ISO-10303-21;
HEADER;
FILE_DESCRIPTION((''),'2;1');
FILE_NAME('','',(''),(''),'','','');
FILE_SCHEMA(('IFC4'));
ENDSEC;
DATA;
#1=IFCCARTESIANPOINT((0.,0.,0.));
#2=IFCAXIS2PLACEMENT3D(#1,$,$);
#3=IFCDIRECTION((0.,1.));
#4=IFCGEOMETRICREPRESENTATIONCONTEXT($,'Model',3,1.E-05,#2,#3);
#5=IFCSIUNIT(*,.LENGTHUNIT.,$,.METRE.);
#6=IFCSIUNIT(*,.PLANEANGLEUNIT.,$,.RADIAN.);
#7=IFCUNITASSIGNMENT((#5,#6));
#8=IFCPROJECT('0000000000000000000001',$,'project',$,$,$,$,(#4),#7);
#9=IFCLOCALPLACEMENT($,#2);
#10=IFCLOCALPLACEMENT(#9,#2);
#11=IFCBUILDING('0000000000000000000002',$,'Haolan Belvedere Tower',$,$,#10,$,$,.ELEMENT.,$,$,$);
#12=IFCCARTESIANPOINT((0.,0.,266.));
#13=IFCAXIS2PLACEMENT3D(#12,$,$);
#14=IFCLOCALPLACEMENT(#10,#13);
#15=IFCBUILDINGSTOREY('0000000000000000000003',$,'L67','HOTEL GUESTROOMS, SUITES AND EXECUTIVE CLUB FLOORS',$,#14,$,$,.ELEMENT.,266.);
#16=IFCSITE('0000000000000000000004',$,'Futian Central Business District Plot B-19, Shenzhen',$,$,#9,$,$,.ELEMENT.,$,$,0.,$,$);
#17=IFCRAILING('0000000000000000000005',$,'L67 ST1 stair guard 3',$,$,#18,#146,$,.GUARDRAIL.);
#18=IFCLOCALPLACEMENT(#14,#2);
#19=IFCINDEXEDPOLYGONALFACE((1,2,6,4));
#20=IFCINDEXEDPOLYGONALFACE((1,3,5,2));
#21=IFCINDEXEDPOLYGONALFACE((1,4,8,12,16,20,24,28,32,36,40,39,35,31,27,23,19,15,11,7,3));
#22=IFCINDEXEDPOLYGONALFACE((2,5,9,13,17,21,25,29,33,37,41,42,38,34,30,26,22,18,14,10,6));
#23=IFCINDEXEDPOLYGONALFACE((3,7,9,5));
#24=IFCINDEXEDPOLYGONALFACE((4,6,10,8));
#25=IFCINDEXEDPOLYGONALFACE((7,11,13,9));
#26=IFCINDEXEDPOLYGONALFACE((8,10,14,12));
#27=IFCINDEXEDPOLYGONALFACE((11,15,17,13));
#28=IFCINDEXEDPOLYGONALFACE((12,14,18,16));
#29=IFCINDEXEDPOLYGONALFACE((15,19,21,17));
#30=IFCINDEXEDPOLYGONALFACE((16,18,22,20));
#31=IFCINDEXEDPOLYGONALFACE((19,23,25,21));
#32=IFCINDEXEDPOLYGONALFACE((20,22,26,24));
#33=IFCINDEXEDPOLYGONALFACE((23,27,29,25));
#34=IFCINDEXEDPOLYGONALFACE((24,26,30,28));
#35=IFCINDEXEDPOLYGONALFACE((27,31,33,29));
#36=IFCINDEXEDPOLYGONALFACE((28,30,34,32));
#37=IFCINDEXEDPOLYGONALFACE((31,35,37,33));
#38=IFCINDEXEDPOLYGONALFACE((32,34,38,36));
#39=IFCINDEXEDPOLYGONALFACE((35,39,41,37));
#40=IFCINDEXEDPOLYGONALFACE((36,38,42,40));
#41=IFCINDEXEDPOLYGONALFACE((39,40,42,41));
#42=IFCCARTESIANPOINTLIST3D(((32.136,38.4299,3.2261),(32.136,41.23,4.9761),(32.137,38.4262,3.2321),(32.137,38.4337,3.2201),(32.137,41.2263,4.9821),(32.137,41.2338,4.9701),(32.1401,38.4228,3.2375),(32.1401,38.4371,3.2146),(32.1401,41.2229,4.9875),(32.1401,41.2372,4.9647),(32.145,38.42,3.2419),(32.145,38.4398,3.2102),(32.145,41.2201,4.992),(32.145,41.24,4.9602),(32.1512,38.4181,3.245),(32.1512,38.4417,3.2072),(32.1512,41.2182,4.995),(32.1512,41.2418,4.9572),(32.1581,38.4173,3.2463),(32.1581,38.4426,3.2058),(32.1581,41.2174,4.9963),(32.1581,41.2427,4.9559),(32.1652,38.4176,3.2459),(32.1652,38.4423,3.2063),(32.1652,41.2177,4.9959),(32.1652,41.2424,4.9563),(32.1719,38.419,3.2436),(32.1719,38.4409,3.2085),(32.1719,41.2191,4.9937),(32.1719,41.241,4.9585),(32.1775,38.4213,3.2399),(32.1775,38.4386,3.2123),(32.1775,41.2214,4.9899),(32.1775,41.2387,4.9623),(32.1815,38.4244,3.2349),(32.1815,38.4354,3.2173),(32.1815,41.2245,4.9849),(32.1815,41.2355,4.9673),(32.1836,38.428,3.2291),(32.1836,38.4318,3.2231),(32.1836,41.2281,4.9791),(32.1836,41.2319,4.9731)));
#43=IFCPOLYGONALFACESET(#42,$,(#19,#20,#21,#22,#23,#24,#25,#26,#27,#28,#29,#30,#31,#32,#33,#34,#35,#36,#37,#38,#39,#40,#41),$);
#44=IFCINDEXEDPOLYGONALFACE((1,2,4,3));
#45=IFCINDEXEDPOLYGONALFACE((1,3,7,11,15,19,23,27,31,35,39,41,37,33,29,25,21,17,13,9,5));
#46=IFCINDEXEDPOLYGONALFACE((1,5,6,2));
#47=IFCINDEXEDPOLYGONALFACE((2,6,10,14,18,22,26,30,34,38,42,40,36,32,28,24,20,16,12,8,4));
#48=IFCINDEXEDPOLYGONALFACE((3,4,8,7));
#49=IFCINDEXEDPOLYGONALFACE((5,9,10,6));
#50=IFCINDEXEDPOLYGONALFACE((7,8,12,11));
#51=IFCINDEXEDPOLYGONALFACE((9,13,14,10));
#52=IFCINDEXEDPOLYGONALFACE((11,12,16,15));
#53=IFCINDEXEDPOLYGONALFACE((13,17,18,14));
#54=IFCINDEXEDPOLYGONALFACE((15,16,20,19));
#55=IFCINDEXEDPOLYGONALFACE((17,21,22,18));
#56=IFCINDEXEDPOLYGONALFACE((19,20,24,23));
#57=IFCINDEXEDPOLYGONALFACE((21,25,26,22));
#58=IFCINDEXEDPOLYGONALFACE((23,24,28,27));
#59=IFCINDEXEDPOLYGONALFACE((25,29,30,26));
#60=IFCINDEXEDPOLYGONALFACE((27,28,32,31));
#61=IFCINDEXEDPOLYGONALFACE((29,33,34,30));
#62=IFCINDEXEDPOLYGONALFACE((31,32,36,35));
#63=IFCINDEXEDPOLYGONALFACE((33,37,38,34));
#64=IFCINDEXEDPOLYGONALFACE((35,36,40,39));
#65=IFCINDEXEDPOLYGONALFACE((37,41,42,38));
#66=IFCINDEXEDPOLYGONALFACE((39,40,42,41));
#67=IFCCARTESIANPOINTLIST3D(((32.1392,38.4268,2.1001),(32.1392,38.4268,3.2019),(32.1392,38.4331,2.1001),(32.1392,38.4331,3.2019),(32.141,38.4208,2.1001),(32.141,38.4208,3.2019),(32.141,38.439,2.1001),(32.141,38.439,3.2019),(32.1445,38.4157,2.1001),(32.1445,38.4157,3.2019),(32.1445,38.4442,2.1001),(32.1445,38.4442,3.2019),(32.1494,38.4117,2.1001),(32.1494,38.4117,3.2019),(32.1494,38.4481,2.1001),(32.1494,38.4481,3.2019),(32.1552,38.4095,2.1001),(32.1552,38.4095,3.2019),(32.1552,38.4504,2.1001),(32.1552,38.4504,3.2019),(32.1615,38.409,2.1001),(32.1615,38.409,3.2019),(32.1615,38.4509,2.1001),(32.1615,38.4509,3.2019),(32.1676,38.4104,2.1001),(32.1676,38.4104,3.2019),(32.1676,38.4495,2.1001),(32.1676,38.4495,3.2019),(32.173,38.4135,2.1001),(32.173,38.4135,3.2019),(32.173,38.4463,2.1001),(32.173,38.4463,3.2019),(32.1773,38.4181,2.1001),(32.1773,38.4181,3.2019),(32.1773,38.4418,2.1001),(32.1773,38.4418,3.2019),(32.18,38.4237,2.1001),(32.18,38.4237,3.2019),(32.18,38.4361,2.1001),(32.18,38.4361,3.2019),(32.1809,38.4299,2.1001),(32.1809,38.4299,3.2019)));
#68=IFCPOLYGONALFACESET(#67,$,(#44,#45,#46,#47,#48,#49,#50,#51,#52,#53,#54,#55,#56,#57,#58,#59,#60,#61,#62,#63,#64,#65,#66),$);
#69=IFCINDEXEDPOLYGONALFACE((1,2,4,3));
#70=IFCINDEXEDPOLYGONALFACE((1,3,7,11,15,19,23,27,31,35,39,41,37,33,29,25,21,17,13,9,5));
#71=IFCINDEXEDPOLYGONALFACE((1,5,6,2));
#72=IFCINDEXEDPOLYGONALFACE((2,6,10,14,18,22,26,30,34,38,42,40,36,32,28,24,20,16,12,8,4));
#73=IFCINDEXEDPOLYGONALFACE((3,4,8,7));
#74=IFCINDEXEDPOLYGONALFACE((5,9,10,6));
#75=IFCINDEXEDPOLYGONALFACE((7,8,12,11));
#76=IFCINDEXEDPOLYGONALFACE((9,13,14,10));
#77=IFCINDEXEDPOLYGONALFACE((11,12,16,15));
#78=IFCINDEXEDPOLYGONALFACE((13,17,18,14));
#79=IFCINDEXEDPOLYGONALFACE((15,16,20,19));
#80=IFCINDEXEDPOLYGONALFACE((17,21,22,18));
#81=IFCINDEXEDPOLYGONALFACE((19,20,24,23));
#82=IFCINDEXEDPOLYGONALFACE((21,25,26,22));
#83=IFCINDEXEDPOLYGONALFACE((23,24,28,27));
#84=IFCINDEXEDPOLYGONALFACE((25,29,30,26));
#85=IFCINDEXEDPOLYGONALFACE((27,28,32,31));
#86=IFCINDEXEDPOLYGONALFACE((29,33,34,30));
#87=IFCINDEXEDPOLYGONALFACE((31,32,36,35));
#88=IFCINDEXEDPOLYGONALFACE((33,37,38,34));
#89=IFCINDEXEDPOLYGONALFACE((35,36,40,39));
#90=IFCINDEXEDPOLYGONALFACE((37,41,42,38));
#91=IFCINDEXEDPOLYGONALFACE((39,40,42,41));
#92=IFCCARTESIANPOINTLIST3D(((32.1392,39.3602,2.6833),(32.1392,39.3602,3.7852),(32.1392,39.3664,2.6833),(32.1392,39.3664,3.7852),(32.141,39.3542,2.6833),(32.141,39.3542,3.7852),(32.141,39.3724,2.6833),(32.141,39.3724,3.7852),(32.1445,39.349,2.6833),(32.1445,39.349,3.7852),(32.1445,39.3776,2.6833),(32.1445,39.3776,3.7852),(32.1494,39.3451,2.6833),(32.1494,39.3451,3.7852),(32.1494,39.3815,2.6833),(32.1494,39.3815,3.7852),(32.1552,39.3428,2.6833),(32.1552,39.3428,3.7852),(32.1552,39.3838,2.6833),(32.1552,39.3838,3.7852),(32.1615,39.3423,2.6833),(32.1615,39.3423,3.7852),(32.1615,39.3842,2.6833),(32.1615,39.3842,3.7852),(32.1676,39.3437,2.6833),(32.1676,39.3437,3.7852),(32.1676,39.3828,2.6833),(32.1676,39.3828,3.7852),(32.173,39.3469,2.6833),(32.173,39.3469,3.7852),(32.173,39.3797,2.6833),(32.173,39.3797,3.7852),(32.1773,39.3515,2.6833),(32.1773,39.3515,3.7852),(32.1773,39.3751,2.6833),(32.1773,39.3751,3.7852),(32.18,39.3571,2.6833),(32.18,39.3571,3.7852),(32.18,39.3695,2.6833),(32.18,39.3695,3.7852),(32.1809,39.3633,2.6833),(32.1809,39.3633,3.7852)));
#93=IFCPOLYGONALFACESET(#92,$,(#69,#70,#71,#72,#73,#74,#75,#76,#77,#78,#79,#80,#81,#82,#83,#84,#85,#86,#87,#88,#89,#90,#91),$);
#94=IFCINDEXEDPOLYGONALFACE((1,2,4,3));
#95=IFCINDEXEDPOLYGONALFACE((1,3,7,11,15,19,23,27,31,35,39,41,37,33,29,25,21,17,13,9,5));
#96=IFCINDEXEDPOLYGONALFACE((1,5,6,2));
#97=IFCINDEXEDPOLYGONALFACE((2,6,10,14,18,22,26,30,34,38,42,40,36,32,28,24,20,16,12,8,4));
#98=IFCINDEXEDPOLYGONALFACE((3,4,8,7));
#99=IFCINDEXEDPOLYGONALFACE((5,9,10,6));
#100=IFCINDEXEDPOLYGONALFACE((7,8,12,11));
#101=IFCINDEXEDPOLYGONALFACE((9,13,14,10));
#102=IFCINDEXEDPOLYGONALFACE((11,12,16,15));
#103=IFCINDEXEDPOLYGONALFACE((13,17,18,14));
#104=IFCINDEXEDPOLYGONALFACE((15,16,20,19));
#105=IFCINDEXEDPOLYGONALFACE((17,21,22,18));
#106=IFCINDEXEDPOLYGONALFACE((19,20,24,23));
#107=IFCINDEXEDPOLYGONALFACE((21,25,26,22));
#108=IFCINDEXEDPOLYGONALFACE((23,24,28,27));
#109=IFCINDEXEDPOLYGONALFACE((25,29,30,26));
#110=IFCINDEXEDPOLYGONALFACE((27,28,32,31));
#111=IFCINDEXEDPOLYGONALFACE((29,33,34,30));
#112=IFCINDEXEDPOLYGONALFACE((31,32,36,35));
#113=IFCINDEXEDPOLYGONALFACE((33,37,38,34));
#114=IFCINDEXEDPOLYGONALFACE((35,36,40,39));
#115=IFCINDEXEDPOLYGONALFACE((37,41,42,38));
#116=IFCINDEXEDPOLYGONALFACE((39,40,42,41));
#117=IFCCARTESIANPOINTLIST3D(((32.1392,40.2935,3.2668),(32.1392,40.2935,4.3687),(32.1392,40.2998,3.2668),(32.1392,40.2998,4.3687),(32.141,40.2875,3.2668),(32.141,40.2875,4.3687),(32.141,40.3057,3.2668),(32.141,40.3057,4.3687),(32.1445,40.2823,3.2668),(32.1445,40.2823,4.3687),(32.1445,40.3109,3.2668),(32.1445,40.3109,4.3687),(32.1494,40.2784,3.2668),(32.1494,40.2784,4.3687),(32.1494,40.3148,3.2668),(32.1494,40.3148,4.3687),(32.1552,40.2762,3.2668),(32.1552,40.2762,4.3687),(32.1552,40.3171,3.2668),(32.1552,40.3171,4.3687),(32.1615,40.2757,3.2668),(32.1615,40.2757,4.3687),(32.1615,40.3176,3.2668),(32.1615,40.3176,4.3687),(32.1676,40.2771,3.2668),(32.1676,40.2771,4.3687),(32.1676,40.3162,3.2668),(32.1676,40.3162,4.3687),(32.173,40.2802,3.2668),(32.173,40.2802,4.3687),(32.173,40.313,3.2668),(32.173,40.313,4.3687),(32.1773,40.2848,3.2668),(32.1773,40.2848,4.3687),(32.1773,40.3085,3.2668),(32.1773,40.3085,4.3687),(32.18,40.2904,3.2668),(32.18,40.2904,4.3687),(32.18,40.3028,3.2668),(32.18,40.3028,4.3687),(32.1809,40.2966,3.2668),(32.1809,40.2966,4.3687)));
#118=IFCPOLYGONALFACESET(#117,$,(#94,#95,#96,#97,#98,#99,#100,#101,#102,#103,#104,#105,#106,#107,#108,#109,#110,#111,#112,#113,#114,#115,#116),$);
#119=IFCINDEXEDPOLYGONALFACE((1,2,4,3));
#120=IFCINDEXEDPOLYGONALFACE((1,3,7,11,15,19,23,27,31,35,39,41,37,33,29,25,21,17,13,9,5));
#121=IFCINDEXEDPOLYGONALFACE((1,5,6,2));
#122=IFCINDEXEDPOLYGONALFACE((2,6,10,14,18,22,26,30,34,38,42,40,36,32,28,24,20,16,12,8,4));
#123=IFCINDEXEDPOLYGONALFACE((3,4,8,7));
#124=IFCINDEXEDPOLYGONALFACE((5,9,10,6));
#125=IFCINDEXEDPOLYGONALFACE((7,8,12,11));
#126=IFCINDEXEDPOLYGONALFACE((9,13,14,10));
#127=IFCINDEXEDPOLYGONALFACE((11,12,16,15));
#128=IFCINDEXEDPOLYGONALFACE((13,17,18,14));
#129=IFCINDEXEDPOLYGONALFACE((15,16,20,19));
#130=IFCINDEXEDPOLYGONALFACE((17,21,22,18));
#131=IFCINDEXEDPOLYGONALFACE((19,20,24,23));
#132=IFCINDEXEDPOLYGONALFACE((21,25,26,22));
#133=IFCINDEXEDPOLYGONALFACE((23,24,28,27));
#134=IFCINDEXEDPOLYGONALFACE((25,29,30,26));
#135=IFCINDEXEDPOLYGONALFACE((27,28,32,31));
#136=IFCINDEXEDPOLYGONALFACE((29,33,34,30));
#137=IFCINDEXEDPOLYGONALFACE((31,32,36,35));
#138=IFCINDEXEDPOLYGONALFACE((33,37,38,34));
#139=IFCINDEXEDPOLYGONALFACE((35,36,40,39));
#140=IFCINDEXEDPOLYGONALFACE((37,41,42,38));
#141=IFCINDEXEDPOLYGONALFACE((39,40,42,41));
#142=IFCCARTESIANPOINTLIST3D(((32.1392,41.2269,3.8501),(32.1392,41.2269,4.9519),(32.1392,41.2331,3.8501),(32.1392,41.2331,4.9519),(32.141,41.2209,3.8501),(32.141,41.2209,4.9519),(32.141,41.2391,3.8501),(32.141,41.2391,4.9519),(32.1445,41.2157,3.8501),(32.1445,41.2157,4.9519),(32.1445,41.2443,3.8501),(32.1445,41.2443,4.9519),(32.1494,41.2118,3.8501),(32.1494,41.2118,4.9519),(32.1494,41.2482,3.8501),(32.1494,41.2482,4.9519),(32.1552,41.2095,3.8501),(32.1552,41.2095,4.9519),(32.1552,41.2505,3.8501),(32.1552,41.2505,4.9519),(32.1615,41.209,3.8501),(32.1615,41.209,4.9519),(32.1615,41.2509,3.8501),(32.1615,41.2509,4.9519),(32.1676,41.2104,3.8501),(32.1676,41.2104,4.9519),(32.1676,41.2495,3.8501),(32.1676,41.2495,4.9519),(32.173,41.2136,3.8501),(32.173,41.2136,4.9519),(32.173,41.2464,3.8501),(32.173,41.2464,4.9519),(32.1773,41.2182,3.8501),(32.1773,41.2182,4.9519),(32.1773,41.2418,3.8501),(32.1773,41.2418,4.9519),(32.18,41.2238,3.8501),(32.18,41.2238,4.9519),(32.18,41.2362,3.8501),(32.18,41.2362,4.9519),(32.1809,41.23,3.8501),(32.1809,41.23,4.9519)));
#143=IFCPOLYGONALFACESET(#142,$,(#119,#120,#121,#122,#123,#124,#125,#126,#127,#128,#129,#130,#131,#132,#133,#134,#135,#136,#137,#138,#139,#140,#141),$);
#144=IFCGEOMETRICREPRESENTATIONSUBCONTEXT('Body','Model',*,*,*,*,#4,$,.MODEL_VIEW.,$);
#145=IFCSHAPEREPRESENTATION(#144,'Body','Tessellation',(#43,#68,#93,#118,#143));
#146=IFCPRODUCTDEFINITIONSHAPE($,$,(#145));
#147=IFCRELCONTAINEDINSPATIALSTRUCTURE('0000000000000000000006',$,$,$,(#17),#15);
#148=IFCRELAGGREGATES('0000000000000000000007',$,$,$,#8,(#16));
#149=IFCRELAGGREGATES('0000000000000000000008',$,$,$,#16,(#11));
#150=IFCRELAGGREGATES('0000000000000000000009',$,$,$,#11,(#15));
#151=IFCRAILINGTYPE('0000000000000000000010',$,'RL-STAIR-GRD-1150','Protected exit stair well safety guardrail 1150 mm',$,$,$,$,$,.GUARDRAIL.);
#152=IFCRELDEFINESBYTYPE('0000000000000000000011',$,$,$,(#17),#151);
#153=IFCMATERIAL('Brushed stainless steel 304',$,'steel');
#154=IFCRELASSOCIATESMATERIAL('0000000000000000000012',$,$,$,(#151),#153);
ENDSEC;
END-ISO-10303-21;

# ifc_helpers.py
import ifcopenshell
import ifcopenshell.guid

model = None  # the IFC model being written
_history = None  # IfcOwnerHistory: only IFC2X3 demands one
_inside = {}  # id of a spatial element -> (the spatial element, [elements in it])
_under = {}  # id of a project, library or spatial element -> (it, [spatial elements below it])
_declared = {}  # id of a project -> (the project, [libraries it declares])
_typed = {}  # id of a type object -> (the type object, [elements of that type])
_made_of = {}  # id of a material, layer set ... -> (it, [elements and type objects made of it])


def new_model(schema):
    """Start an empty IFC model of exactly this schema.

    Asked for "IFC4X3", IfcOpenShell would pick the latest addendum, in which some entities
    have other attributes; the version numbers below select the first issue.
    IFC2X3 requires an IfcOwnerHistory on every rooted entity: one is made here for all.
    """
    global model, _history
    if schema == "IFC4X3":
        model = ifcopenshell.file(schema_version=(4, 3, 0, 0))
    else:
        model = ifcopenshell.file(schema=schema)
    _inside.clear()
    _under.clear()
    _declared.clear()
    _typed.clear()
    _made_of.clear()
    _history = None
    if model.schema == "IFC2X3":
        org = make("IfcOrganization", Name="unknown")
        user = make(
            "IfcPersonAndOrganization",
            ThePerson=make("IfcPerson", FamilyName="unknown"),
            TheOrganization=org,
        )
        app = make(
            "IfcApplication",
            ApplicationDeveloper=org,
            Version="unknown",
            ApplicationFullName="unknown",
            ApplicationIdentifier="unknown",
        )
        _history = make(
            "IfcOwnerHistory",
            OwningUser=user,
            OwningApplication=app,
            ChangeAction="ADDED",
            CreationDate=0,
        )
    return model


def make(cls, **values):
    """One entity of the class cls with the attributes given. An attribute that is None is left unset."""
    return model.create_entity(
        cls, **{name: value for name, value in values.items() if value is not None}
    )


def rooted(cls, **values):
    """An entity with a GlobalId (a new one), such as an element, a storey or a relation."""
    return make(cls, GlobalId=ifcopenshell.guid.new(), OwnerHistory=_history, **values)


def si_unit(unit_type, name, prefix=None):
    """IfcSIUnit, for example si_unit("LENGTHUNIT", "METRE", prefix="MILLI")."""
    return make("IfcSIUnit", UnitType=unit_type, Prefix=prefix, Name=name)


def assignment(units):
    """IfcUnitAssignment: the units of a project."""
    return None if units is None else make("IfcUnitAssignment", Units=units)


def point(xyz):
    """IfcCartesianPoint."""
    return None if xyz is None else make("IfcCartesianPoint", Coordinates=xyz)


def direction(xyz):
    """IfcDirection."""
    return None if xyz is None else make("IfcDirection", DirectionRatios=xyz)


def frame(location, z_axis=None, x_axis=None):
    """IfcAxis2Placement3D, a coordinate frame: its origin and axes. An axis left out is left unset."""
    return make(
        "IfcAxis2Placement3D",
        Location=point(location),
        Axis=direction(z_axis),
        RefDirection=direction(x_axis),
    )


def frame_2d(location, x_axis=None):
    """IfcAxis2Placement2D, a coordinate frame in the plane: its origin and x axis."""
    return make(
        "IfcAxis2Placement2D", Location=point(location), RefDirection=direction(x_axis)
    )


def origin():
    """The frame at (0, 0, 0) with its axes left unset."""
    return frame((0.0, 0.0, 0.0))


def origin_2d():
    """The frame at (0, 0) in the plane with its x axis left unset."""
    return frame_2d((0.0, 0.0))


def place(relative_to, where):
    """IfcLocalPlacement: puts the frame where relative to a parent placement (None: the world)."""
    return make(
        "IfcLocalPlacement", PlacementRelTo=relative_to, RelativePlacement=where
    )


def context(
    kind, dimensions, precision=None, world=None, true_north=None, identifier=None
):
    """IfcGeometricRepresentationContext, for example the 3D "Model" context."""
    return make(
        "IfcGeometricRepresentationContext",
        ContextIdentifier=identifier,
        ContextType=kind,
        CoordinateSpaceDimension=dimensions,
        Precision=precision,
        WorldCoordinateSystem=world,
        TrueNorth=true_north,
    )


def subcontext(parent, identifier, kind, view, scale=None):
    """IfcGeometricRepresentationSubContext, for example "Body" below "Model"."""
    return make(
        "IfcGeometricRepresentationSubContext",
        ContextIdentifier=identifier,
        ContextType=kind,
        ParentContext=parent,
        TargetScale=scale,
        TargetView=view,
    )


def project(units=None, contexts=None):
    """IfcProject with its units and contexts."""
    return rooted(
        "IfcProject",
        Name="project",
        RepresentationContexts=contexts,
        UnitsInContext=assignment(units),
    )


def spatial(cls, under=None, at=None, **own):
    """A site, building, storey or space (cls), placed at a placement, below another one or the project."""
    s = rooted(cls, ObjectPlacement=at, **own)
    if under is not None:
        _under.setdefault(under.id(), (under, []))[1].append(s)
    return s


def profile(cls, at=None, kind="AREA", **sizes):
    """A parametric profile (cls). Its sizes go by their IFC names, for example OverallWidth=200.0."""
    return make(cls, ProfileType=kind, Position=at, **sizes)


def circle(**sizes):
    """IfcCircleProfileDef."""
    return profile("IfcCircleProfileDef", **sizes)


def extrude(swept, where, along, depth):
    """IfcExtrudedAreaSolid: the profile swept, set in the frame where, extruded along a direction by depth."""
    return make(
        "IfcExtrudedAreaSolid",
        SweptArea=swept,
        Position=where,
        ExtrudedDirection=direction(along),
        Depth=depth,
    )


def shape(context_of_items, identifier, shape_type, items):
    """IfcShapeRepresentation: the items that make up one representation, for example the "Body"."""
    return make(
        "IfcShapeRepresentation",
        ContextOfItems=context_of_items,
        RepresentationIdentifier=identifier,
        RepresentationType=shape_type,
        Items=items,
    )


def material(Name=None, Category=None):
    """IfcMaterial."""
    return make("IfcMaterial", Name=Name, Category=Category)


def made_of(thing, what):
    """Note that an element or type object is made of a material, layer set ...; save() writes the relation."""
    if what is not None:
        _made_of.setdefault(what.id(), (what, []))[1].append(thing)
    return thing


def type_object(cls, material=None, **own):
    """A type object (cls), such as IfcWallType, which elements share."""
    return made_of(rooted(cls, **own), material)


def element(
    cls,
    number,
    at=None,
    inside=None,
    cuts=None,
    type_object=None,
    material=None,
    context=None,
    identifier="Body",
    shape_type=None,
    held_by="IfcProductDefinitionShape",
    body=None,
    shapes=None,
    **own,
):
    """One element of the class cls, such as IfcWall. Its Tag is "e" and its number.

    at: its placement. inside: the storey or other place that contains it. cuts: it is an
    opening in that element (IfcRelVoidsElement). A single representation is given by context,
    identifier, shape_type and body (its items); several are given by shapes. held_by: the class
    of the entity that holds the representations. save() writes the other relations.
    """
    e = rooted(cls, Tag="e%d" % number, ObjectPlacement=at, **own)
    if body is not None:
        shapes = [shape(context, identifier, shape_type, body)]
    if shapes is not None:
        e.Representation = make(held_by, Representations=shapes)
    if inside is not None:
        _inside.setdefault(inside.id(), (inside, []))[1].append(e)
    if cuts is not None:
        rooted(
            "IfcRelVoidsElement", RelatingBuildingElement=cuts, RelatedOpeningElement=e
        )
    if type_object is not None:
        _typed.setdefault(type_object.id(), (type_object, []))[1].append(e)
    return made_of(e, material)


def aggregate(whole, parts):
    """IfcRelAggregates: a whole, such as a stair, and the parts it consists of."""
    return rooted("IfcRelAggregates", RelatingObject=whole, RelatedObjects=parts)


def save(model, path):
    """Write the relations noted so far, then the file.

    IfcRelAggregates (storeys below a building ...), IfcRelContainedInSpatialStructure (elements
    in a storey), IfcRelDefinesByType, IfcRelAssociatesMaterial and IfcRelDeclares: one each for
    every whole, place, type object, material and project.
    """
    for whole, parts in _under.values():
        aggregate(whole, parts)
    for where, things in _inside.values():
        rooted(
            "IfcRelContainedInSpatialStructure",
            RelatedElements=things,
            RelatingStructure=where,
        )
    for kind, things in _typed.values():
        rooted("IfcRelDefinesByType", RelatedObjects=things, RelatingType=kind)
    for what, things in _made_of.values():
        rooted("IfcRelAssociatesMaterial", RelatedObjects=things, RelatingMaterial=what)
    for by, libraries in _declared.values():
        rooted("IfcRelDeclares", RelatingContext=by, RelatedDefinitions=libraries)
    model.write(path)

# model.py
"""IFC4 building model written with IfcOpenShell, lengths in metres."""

from ifc_helpers import new_model, si_unit, direction, frame, origin, origin_2d, place, context, subcontext, project, spatial, circle, extrude, material, type_object, element, save


model = new_model("IFC4")

# Units and contexts
model_context = context("Model", 3, precision=1e-05, world=origin(), true_north=direction((0.0, 1.0)))
body_context = subcontext(model_context, "Body", "Model", "MODEL_VIEW")
ifc_project = project(units=[si_unit("LENGTHUNIT", "METRE"), si_unit("PLANEANGLEUNIT", "RADIAN")], contexts=[model_context])

# Site, building, storey
site_placement = place(None, origin())
site = spatial("IfcSite", under=ifc_project, at=site_placement, Name="Futian Central Business District Plot B-19, Shenzhen", CompositionType="ELEMENT", RefElevation=0.0)
building_placement = place(site_placement, origin())
building = spatial("IfcBuilding", under=site, at=building_placement, Name="Haolan Belvedere Tower", CompositionType="ELEMENT")
storey_placement = place(building_placement, frame((0.0, 0.0, 266.0)))
storey = spatial("IfcBuildingStorey", under=building, at=storey_placement, Name="L67", Description="HOTEL GUESTROOMS, SUITES AND EXECUTIVE CLUB FLOORS", CompositionType="ELEMENT", Elevation=266.0)

# Railing
ifc_material_1 = material(Name="Brushed stainless steel 304", Category="steel")
railing_type = type_object("IfcRailingType", Name="RL-STAIR-GRD-1150", Description="Protected exit stair well safety guardrail 1150 mm", PredefinedType="GUARDRAIL", material=ifc_material_1)
railing_1_placement = place(storey_placement, frame((32.1599, 38.4299, 2.1001)))
element("IfcRailing", 1, at=railing_1_placement, inside=storey, type_object=railing_type, Name="L67 ST1 stair guard 3", PredefinedType="GUARDRAIL", context=body_context, shape_type="SweptSolid", body=[
    extrude(circle(Radius=0.0239, at=origin_2d()), frame((0.0, 0.0, 1.126), z_axis=(0.0, 0.848002, 0.529992), x_axis=(-1.0, 0.0, 0.0)), (0.0, 0.0, 1.0), 3.302),
    extrude(circle(Radius=0.021, at=origin_2d()), origin(), (0.0, 0.0, 1.0), 1.1018),
    extrude(circle(Radius=0.021, at=origin_2d()), frame((0.0, 0.9333, 0.5833)), (0.0, 0.0, 1.0), 1.1018),
    extrude(circle(Radius=0.021, at=origin_2d()), frame((0.0, 1.8667, 1.1667)), (0.0, 0.0, 1.0), 1.1018),
    extrude(circle(Radius=0.021, at=origin_2d()), frame((0.0, 2.8, 1.75)), (0.0, 0.0, 1.0), 1.1018),
])

save(model, "model.ifc")
